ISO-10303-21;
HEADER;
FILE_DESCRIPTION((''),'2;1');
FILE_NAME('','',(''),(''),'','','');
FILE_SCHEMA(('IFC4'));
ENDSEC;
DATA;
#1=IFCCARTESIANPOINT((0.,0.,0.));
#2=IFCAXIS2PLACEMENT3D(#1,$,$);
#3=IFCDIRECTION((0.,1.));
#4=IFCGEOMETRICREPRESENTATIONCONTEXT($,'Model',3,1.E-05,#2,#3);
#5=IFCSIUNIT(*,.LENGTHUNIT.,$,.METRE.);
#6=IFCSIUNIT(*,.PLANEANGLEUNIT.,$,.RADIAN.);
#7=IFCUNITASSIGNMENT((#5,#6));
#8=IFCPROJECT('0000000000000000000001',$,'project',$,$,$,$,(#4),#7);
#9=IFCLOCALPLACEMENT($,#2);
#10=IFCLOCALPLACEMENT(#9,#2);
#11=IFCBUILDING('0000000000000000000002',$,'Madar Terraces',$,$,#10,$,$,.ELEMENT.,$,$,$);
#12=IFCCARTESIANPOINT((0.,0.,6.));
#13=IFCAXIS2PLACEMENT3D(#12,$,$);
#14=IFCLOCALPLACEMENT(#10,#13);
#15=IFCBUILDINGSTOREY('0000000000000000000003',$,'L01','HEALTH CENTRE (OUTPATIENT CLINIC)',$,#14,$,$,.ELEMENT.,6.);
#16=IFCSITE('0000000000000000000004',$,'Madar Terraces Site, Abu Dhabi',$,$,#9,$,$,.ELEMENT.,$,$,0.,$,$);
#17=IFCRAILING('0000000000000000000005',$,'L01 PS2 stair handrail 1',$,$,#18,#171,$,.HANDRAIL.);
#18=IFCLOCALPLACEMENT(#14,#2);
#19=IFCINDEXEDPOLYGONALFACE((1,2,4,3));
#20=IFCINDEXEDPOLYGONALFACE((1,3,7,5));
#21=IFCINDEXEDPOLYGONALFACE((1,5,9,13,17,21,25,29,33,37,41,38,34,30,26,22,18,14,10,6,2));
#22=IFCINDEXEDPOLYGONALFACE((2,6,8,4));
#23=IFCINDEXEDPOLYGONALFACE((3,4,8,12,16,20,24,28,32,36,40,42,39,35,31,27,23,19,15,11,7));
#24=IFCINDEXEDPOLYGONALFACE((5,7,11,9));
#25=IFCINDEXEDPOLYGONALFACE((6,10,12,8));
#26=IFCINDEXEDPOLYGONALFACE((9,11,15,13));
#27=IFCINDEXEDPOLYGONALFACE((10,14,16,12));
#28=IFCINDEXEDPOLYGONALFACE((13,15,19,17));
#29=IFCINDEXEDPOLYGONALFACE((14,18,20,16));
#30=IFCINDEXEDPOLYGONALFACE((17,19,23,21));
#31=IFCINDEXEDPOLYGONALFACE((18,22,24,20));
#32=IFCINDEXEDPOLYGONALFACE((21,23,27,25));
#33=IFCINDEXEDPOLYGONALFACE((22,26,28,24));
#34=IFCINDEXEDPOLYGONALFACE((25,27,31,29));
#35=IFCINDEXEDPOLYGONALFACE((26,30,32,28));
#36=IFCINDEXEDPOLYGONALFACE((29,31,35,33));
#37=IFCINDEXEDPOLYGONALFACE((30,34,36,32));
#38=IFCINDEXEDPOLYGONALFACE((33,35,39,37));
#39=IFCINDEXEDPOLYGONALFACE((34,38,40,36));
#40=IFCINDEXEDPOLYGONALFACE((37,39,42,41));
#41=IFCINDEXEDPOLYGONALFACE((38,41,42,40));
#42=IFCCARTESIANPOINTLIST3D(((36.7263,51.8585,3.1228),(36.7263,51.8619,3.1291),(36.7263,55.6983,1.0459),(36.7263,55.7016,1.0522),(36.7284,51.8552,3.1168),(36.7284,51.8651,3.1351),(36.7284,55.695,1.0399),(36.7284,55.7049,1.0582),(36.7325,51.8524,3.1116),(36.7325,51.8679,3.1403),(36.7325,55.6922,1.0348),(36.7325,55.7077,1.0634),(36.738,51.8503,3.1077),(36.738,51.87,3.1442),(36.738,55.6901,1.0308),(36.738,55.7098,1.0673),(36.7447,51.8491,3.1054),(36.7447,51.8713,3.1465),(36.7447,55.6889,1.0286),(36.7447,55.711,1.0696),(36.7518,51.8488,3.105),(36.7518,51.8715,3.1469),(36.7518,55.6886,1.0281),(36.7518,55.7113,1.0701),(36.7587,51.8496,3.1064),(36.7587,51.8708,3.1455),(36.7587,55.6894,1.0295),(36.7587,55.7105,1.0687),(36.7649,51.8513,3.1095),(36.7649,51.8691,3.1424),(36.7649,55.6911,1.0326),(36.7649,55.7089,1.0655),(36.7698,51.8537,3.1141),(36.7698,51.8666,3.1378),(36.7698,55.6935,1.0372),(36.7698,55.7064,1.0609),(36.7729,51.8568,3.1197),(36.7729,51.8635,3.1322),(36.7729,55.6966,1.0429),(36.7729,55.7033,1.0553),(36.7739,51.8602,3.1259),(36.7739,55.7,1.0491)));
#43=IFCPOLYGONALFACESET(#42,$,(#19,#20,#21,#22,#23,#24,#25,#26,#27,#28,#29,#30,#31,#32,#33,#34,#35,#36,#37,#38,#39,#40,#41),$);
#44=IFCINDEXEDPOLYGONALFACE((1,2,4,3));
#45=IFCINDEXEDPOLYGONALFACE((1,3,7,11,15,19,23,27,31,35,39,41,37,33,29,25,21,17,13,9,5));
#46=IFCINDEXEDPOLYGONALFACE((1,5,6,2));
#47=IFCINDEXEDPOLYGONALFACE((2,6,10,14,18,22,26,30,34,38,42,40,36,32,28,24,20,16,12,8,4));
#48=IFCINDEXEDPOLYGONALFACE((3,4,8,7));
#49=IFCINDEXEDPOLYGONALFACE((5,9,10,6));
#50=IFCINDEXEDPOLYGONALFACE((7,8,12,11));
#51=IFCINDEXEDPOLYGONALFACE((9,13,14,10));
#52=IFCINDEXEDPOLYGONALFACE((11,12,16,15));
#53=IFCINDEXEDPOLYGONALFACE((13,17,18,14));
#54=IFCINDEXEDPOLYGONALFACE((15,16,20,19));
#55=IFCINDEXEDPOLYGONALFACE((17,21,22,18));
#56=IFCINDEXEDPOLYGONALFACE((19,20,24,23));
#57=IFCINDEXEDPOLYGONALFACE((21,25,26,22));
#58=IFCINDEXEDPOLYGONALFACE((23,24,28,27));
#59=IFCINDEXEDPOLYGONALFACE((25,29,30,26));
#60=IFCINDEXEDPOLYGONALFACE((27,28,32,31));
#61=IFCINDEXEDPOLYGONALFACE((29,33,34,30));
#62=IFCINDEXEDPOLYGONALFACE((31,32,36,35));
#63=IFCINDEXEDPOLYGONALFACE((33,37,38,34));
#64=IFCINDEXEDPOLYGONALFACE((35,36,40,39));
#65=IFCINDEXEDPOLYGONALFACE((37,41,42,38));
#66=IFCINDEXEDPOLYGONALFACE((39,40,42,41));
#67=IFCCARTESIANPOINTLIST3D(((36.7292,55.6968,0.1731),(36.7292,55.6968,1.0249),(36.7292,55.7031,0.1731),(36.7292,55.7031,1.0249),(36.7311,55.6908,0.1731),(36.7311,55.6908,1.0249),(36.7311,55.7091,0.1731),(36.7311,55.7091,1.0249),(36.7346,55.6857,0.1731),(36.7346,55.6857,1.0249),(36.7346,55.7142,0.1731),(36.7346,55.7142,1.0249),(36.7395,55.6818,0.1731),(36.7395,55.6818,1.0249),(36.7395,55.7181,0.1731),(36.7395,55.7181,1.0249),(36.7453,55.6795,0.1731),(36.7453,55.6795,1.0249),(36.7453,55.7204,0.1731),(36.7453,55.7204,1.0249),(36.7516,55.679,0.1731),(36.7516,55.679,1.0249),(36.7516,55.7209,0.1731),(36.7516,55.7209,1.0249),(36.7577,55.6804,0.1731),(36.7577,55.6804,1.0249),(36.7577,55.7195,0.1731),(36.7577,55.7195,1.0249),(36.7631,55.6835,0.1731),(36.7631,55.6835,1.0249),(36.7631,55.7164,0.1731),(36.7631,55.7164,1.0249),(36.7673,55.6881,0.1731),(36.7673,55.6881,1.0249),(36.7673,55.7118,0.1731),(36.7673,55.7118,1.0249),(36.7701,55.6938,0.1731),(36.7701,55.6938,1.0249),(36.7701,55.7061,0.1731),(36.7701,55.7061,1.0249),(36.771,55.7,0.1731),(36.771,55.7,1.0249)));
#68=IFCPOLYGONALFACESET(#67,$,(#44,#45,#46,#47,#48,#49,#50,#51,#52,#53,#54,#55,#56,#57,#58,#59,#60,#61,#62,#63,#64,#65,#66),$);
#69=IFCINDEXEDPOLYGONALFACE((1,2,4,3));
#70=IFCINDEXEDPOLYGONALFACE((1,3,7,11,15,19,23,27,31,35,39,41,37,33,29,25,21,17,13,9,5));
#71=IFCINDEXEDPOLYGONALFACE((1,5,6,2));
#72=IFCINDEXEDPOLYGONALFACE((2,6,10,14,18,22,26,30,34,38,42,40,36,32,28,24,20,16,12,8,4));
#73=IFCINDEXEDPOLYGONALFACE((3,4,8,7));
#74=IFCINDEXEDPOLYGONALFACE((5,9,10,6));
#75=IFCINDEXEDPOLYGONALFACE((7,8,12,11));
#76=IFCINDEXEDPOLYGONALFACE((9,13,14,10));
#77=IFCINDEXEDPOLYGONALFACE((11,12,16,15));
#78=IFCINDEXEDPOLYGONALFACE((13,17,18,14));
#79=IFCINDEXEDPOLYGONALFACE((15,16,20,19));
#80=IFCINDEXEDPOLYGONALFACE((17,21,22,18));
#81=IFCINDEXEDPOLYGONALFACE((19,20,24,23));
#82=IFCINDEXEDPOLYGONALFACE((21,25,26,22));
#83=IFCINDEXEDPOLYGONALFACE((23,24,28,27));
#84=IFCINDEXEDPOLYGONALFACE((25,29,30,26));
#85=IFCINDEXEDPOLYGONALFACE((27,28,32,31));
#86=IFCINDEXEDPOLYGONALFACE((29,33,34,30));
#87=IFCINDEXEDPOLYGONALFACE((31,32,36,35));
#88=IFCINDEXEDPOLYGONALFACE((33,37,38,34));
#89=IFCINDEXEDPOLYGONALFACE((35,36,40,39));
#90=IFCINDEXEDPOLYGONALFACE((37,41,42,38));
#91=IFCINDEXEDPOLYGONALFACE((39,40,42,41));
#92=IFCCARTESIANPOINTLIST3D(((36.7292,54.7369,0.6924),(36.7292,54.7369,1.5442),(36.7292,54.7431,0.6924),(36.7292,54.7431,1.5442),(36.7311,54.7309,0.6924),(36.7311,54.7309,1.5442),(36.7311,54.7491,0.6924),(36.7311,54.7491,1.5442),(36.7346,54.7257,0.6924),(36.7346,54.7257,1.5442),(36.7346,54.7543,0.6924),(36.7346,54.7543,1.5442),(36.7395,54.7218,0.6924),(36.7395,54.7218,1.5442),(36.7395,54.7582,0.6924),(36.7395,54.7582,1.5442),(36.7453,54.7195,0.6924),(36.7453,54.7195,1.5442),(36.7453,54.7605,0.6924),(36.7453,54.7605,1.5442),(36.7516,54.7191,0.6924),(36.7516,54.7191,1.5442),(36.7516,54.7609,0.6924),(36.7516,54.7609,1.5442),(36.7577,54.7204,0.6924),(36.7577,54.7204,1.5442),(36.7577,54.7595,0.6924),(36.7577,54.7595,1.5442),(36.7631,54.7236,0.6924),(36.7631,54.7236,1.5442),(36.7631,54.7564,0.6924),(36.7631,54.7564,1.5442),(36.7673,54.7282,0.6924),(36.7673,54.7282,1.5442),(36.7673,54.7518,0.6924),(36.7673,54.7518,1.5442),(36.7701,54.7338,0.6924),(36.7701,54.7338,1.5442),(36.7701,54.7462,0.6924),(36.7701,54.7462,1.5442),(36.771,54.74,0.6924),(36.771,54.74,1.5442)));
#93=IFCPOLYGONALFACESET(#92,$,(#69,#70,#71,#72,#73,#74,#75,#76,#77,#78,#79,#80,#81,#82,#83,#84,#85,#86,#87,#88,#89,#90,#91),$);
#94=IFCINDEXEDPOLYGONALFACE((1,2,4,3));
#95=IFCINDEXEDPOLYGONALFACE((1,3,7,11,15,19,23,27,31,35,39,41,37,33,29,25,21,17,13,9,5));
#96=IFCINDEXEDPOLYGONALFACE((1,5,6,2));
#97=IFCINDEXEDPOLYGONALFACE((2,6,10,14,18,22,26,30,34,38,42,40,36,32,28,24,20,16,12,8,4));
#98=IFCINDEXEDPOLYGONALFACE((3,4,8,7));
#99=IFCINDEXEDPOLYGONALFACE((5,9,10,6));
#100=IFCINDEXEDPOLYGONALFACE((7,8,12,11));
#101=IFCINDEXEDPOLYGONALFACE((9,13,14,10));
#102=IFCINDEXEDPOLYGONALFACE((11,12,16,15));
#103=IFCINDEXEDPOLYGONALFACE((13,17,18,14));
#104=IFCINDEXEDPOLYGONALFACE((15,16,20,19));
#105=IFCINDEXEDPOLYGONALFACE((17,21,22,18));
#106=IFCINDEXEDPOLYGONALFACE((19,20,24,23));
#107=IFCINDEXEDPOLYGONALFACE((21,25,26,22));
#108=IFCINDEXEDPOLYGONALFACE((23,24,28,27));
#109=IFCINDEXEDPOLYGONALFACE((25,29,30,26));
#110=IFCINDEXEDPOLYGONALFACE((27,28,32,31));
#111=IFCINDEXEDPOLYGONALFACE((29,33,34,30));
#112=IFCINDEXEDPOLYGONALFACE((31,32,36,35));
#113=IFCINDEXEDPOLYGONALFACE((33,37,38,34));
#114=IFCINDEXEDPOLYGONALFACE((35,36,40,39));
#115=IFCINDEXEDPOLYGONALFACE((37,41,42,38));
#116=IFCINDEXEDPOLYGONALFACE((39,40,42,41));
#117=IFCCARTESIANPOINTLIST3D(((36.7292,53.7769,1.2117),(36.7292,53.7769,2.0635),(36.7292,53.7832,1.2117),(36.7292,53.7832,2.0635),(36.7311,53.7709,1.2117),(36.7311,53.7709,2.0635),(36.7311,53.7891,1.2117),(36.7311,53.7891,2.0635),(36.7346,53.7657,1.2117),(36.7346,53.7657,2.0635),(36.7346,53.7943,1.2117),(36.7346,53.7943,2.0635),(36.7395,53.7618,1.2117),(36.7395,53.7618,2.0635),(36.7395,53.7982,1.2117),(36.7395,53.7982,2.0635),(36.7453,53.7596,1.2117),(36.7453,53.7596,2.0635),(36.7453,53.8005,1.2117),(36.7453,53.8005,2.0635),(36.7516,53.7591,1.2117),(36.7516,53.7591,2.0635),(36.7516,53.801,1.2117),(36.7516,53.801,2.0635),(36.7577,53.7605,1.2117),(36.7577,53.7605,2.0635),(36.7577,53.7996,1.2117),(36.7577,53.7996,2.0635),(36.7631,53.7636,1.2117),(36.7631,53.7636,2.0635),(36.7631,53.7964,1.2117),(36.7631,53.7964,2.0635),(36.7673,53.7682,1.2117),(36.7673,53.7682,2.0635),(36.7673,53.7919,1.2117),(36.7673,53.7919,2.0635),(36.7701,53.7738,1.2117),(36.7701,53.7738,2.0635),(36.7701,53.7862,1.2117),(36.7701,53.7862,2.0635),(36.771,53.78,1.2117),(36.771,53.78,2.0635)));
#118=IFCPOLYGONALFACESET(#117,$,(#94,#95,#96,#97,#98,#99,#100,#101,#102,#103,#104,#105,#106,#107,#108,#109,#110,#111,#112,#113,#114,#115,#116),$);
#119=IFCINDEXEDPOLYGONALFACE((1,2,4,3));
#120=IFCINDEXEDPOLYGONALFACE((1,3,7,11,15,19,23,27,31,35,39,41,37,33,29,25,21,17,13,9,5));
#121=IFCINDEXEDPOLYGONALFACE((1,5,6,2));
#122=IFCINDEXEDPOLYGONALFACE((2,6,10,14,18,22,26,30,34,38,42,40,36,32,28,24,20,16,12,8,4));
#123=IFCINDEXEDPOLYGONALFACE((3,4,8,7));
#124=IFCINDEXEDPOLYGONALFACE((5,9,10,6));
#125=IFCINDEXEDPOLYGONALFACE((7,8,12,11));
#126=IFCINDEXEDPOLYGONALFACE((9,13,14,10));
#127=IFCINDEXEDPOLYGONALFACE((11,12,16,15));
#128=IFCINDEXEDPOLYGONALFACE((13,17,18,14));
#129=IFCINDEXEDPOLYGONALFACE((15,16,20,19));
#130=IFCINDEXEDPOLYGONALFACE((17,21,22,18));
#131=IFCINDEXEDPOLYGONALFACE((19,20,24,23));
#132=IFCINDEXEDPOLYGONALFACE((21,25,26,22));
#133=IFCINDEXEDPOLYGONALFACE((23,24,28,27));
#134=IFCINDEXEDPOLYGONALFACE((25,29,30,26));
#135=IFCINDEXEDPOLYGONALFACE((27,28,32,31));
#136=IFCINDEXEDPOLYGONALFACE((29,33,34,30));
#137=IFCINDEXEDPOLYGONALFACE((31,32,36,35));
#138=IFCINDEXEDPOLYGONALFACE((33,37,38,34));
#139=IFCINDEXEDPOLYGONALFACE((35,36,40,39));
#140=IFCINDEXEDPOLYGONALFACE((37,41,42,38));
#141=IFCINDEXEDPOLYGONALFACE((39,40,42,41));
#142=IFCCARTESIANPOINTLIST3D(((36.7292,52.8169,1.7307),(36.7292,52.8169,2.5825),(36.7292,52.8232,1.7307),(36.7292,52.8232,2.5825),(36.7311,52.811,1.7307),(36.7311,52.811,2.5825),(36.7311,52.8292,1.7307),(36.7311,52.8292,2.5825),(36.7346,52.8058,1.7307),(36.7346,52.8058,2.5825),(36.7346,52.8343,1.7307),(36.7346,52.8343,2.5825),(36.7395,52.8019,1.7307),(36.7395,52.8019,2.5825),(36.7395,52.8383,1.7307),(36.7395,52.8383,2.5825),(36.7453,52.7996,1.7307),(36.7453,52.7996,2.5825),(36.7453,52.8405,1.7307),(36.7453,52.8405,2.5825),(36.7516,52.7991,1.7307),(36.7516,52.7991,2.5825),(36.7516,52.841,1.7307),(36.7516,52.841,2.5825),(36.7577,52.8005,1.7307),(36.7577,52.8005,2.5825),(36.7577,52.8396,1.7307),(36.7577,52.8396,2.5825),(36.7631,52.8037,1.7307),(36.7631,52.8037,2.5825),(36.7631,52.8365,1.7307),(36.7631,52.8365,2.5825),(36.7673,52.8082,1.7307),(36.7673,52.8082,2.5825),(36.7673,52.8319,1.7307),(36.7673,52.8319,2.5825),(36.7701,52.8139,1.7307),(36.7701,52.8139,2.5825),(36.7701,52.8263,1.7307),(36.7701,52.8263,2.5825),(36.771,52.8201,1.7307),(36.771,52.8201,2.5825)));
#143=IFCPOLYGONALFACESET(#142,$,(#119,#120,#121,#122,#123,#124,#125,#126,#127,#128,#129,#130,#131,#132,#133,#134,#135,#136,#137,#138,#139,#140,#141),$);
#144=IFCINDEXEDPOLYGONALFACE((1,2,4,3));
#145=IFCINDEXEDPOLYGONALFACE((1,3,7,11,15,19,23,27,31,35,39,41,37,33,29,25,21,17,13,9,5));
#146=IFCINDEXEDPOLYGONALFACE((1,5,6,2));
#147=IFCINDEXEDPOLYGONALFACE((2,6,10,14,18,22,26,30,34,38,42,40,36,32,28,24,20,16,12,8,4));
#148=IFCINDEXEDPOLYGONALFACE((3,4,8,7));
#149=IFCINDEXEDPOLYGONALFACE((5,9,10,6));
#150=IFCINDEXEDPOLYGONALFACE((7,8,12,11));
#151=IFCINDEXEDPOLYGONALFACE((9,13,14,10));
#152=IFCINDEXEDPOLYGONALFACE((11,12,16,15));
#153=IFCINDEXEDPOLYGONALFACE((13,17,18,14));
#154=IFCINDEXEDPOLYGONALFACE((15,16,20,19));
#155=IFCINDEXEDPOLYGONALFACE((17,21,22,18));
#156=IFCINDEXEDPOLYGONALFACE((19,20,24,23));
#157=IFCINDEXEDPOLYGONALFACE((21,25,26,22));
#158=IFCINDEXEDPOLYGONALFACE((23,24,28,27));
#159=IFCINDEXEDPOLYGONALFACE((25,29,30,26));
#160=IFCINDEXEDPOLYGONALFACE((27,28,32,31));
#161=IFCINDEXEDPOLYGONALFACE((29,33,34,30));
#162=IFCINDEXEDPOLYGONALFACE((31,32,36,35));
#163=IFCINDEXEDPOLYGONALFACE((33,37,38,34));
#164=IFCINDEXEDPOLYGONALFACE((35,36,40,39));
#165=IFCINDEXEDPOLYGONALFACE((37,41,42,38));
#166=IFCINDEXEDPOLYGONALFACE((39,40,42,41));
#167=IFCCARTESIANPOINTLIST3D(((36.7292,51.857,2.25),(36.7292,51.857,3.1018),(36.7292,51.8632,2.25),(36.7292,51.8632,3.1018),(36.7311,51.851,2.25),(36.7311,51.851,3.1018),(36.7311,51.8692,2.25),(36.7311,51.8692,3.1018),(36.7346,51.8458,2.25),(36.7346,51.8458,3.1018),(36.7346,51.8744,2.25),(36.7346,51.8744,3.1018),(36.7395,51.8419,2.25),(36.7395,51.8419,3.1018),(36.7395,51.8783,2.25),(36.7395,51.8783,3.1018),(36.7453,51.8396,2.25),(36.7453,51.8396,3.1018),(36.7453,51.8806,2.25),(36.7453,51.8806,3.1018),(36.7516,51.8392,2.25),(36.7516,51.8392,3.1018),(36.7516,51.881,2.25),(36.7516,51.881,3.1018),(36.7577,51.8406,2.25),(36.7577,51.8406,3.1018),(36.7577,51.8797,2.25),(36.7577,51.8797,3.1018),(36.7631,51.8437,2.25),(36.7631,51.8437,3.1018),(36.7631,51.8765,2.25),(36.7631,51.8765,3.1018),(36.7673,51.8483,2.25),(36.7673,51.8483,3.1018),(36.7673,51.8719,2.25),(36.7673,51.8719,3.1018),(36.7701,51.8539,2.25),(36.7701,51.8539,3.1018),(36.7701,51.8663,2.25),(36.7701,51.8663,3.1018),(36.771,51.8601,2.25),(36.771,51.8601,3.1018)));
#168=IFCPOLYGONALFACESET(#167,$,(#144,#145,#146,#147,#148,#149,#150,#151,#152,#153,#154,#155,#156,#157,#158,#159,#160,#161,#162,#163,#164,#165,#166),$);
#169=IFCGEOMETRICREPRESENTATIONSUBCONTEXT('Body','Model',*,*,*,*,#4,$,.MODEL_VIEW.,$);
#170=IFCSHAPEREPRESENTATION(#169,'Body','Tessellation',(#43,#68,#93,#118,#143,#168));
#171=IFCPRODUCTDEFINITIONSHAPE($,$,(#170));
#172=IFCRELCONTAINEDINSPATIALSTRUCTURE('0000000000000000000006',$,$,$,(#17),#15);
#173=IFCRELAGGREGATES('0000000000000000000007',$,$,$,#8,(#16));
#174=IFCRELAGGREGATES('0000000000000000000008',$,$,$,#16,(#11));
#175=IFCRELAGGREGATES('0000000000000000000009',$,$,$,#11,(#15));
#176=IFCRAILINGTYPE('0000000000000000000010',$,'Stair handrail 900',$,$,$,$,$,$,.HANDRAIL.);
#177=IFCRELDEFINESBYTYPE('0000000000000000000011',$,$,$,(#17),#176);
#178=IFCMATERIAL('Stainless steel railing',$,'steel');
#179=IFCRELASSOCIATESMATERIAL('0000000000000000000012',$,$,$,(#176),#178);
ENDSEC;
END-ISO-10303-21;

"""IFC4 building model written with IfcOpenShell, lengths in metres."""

from ifc_helpers import new_model, si_unit, direction, frame, origin, origin_2d, place, context, subcontext, project, spatial, circle, extrude, material, type_object, element, save


model = new_model("IFC4")

# Units and contexts
model_context = context("Model", 3, precision=1e-05, world=origin(), true_north=direction((0.0, 1.0)))
body_context = subcontext(model_context, "Body", "Model", "MODEL_VIEW")
ifc_project = project(units=[si_unit("LENGTHUNIT", "METRE"), si_unit("PLANEANGLEUNIT", "RADIAN")], contexts=[model_context])

# Site, building, storey
site_placement = place(None, origin())
site = spatial("IfcSite", under=ifc_project, at=site_placement, Name="Madar Terraces Site, Abu Dhabi", CompositionType="ELEMENT", RefElevation=0.0)
building_placement = place(site_placement, origin())
building = spatial("IfcBuilding", under=site, at=building_placement, Name="Madar Terraces", CompositionType="ELEMENT")
storey_placement = place(building_placement, frame((0.0, 0.0, 6.0)))
storey = spatial("IfcBuildingStorey", under=building, at=storey_placement, Name="L01", Description="HEALTH CENTRE (OUTPATIENT CLINIC)", CompositionType="ELEMENT", Elevation=6.0)

# Railing
ifc_material_1 = material(Name="Stainless steel railing", Category="steel")
railing_type_1 = type_object("IfcRailingType", Name="Stair handrail 900", PredefinedType="HANDRAIL", material=ifc_material_1)
railing_1_placement = place(storey_placement, frame((36.75, 55.7, 0.1731)))
element("IfcRailing", 1, at=railing_1_placement, inside=storey, type_object=railing_type_1, Name="L01 PS2 stair handrail 1", PredefinedType="HANDRAIL", context=body_context, shape_type="SweptSolid", body=[
    extrude(circle(Radius=0.0239, at=origin_2d()), frame((0.0, 0.0, 0.876), z_axis=(0.0, -0.879581, 0.47575), x_axis=(1.0, 0.0, 0.0)), (0.0, 0.0, 1.0), 4.3655),
    extrude(circle(Radius=0.021, at=origin_2d()), origin(), (0.0, 0.0, 1.0), 0.8518),
    extrude(circle(Radius=0.021, at=origin_2d()), frame((0.0, -0.96, 0.5193)), (0.0, 0.0, 1.0), 0.8518),
    extrude(circle(Radius=0.021, at=origin_2d()), frame((0.0, -1.9199, 1.0386)), (0.0, 0.0, 1.0), 0.8518),
    extrude(circle(Radius=0.021, at=origin_2d()), frame((0.0, -2.8799, 1.5576)), (0.0, 0.0, 1.0), 0.8518),
    extrude(circle(Radius=0.021, at=origin_2d()), frame((0.0, -3.8398, 2.0769)), (0.0, 0.0, 1.0), 0.8518),
])

save(model, "model.ifc")
